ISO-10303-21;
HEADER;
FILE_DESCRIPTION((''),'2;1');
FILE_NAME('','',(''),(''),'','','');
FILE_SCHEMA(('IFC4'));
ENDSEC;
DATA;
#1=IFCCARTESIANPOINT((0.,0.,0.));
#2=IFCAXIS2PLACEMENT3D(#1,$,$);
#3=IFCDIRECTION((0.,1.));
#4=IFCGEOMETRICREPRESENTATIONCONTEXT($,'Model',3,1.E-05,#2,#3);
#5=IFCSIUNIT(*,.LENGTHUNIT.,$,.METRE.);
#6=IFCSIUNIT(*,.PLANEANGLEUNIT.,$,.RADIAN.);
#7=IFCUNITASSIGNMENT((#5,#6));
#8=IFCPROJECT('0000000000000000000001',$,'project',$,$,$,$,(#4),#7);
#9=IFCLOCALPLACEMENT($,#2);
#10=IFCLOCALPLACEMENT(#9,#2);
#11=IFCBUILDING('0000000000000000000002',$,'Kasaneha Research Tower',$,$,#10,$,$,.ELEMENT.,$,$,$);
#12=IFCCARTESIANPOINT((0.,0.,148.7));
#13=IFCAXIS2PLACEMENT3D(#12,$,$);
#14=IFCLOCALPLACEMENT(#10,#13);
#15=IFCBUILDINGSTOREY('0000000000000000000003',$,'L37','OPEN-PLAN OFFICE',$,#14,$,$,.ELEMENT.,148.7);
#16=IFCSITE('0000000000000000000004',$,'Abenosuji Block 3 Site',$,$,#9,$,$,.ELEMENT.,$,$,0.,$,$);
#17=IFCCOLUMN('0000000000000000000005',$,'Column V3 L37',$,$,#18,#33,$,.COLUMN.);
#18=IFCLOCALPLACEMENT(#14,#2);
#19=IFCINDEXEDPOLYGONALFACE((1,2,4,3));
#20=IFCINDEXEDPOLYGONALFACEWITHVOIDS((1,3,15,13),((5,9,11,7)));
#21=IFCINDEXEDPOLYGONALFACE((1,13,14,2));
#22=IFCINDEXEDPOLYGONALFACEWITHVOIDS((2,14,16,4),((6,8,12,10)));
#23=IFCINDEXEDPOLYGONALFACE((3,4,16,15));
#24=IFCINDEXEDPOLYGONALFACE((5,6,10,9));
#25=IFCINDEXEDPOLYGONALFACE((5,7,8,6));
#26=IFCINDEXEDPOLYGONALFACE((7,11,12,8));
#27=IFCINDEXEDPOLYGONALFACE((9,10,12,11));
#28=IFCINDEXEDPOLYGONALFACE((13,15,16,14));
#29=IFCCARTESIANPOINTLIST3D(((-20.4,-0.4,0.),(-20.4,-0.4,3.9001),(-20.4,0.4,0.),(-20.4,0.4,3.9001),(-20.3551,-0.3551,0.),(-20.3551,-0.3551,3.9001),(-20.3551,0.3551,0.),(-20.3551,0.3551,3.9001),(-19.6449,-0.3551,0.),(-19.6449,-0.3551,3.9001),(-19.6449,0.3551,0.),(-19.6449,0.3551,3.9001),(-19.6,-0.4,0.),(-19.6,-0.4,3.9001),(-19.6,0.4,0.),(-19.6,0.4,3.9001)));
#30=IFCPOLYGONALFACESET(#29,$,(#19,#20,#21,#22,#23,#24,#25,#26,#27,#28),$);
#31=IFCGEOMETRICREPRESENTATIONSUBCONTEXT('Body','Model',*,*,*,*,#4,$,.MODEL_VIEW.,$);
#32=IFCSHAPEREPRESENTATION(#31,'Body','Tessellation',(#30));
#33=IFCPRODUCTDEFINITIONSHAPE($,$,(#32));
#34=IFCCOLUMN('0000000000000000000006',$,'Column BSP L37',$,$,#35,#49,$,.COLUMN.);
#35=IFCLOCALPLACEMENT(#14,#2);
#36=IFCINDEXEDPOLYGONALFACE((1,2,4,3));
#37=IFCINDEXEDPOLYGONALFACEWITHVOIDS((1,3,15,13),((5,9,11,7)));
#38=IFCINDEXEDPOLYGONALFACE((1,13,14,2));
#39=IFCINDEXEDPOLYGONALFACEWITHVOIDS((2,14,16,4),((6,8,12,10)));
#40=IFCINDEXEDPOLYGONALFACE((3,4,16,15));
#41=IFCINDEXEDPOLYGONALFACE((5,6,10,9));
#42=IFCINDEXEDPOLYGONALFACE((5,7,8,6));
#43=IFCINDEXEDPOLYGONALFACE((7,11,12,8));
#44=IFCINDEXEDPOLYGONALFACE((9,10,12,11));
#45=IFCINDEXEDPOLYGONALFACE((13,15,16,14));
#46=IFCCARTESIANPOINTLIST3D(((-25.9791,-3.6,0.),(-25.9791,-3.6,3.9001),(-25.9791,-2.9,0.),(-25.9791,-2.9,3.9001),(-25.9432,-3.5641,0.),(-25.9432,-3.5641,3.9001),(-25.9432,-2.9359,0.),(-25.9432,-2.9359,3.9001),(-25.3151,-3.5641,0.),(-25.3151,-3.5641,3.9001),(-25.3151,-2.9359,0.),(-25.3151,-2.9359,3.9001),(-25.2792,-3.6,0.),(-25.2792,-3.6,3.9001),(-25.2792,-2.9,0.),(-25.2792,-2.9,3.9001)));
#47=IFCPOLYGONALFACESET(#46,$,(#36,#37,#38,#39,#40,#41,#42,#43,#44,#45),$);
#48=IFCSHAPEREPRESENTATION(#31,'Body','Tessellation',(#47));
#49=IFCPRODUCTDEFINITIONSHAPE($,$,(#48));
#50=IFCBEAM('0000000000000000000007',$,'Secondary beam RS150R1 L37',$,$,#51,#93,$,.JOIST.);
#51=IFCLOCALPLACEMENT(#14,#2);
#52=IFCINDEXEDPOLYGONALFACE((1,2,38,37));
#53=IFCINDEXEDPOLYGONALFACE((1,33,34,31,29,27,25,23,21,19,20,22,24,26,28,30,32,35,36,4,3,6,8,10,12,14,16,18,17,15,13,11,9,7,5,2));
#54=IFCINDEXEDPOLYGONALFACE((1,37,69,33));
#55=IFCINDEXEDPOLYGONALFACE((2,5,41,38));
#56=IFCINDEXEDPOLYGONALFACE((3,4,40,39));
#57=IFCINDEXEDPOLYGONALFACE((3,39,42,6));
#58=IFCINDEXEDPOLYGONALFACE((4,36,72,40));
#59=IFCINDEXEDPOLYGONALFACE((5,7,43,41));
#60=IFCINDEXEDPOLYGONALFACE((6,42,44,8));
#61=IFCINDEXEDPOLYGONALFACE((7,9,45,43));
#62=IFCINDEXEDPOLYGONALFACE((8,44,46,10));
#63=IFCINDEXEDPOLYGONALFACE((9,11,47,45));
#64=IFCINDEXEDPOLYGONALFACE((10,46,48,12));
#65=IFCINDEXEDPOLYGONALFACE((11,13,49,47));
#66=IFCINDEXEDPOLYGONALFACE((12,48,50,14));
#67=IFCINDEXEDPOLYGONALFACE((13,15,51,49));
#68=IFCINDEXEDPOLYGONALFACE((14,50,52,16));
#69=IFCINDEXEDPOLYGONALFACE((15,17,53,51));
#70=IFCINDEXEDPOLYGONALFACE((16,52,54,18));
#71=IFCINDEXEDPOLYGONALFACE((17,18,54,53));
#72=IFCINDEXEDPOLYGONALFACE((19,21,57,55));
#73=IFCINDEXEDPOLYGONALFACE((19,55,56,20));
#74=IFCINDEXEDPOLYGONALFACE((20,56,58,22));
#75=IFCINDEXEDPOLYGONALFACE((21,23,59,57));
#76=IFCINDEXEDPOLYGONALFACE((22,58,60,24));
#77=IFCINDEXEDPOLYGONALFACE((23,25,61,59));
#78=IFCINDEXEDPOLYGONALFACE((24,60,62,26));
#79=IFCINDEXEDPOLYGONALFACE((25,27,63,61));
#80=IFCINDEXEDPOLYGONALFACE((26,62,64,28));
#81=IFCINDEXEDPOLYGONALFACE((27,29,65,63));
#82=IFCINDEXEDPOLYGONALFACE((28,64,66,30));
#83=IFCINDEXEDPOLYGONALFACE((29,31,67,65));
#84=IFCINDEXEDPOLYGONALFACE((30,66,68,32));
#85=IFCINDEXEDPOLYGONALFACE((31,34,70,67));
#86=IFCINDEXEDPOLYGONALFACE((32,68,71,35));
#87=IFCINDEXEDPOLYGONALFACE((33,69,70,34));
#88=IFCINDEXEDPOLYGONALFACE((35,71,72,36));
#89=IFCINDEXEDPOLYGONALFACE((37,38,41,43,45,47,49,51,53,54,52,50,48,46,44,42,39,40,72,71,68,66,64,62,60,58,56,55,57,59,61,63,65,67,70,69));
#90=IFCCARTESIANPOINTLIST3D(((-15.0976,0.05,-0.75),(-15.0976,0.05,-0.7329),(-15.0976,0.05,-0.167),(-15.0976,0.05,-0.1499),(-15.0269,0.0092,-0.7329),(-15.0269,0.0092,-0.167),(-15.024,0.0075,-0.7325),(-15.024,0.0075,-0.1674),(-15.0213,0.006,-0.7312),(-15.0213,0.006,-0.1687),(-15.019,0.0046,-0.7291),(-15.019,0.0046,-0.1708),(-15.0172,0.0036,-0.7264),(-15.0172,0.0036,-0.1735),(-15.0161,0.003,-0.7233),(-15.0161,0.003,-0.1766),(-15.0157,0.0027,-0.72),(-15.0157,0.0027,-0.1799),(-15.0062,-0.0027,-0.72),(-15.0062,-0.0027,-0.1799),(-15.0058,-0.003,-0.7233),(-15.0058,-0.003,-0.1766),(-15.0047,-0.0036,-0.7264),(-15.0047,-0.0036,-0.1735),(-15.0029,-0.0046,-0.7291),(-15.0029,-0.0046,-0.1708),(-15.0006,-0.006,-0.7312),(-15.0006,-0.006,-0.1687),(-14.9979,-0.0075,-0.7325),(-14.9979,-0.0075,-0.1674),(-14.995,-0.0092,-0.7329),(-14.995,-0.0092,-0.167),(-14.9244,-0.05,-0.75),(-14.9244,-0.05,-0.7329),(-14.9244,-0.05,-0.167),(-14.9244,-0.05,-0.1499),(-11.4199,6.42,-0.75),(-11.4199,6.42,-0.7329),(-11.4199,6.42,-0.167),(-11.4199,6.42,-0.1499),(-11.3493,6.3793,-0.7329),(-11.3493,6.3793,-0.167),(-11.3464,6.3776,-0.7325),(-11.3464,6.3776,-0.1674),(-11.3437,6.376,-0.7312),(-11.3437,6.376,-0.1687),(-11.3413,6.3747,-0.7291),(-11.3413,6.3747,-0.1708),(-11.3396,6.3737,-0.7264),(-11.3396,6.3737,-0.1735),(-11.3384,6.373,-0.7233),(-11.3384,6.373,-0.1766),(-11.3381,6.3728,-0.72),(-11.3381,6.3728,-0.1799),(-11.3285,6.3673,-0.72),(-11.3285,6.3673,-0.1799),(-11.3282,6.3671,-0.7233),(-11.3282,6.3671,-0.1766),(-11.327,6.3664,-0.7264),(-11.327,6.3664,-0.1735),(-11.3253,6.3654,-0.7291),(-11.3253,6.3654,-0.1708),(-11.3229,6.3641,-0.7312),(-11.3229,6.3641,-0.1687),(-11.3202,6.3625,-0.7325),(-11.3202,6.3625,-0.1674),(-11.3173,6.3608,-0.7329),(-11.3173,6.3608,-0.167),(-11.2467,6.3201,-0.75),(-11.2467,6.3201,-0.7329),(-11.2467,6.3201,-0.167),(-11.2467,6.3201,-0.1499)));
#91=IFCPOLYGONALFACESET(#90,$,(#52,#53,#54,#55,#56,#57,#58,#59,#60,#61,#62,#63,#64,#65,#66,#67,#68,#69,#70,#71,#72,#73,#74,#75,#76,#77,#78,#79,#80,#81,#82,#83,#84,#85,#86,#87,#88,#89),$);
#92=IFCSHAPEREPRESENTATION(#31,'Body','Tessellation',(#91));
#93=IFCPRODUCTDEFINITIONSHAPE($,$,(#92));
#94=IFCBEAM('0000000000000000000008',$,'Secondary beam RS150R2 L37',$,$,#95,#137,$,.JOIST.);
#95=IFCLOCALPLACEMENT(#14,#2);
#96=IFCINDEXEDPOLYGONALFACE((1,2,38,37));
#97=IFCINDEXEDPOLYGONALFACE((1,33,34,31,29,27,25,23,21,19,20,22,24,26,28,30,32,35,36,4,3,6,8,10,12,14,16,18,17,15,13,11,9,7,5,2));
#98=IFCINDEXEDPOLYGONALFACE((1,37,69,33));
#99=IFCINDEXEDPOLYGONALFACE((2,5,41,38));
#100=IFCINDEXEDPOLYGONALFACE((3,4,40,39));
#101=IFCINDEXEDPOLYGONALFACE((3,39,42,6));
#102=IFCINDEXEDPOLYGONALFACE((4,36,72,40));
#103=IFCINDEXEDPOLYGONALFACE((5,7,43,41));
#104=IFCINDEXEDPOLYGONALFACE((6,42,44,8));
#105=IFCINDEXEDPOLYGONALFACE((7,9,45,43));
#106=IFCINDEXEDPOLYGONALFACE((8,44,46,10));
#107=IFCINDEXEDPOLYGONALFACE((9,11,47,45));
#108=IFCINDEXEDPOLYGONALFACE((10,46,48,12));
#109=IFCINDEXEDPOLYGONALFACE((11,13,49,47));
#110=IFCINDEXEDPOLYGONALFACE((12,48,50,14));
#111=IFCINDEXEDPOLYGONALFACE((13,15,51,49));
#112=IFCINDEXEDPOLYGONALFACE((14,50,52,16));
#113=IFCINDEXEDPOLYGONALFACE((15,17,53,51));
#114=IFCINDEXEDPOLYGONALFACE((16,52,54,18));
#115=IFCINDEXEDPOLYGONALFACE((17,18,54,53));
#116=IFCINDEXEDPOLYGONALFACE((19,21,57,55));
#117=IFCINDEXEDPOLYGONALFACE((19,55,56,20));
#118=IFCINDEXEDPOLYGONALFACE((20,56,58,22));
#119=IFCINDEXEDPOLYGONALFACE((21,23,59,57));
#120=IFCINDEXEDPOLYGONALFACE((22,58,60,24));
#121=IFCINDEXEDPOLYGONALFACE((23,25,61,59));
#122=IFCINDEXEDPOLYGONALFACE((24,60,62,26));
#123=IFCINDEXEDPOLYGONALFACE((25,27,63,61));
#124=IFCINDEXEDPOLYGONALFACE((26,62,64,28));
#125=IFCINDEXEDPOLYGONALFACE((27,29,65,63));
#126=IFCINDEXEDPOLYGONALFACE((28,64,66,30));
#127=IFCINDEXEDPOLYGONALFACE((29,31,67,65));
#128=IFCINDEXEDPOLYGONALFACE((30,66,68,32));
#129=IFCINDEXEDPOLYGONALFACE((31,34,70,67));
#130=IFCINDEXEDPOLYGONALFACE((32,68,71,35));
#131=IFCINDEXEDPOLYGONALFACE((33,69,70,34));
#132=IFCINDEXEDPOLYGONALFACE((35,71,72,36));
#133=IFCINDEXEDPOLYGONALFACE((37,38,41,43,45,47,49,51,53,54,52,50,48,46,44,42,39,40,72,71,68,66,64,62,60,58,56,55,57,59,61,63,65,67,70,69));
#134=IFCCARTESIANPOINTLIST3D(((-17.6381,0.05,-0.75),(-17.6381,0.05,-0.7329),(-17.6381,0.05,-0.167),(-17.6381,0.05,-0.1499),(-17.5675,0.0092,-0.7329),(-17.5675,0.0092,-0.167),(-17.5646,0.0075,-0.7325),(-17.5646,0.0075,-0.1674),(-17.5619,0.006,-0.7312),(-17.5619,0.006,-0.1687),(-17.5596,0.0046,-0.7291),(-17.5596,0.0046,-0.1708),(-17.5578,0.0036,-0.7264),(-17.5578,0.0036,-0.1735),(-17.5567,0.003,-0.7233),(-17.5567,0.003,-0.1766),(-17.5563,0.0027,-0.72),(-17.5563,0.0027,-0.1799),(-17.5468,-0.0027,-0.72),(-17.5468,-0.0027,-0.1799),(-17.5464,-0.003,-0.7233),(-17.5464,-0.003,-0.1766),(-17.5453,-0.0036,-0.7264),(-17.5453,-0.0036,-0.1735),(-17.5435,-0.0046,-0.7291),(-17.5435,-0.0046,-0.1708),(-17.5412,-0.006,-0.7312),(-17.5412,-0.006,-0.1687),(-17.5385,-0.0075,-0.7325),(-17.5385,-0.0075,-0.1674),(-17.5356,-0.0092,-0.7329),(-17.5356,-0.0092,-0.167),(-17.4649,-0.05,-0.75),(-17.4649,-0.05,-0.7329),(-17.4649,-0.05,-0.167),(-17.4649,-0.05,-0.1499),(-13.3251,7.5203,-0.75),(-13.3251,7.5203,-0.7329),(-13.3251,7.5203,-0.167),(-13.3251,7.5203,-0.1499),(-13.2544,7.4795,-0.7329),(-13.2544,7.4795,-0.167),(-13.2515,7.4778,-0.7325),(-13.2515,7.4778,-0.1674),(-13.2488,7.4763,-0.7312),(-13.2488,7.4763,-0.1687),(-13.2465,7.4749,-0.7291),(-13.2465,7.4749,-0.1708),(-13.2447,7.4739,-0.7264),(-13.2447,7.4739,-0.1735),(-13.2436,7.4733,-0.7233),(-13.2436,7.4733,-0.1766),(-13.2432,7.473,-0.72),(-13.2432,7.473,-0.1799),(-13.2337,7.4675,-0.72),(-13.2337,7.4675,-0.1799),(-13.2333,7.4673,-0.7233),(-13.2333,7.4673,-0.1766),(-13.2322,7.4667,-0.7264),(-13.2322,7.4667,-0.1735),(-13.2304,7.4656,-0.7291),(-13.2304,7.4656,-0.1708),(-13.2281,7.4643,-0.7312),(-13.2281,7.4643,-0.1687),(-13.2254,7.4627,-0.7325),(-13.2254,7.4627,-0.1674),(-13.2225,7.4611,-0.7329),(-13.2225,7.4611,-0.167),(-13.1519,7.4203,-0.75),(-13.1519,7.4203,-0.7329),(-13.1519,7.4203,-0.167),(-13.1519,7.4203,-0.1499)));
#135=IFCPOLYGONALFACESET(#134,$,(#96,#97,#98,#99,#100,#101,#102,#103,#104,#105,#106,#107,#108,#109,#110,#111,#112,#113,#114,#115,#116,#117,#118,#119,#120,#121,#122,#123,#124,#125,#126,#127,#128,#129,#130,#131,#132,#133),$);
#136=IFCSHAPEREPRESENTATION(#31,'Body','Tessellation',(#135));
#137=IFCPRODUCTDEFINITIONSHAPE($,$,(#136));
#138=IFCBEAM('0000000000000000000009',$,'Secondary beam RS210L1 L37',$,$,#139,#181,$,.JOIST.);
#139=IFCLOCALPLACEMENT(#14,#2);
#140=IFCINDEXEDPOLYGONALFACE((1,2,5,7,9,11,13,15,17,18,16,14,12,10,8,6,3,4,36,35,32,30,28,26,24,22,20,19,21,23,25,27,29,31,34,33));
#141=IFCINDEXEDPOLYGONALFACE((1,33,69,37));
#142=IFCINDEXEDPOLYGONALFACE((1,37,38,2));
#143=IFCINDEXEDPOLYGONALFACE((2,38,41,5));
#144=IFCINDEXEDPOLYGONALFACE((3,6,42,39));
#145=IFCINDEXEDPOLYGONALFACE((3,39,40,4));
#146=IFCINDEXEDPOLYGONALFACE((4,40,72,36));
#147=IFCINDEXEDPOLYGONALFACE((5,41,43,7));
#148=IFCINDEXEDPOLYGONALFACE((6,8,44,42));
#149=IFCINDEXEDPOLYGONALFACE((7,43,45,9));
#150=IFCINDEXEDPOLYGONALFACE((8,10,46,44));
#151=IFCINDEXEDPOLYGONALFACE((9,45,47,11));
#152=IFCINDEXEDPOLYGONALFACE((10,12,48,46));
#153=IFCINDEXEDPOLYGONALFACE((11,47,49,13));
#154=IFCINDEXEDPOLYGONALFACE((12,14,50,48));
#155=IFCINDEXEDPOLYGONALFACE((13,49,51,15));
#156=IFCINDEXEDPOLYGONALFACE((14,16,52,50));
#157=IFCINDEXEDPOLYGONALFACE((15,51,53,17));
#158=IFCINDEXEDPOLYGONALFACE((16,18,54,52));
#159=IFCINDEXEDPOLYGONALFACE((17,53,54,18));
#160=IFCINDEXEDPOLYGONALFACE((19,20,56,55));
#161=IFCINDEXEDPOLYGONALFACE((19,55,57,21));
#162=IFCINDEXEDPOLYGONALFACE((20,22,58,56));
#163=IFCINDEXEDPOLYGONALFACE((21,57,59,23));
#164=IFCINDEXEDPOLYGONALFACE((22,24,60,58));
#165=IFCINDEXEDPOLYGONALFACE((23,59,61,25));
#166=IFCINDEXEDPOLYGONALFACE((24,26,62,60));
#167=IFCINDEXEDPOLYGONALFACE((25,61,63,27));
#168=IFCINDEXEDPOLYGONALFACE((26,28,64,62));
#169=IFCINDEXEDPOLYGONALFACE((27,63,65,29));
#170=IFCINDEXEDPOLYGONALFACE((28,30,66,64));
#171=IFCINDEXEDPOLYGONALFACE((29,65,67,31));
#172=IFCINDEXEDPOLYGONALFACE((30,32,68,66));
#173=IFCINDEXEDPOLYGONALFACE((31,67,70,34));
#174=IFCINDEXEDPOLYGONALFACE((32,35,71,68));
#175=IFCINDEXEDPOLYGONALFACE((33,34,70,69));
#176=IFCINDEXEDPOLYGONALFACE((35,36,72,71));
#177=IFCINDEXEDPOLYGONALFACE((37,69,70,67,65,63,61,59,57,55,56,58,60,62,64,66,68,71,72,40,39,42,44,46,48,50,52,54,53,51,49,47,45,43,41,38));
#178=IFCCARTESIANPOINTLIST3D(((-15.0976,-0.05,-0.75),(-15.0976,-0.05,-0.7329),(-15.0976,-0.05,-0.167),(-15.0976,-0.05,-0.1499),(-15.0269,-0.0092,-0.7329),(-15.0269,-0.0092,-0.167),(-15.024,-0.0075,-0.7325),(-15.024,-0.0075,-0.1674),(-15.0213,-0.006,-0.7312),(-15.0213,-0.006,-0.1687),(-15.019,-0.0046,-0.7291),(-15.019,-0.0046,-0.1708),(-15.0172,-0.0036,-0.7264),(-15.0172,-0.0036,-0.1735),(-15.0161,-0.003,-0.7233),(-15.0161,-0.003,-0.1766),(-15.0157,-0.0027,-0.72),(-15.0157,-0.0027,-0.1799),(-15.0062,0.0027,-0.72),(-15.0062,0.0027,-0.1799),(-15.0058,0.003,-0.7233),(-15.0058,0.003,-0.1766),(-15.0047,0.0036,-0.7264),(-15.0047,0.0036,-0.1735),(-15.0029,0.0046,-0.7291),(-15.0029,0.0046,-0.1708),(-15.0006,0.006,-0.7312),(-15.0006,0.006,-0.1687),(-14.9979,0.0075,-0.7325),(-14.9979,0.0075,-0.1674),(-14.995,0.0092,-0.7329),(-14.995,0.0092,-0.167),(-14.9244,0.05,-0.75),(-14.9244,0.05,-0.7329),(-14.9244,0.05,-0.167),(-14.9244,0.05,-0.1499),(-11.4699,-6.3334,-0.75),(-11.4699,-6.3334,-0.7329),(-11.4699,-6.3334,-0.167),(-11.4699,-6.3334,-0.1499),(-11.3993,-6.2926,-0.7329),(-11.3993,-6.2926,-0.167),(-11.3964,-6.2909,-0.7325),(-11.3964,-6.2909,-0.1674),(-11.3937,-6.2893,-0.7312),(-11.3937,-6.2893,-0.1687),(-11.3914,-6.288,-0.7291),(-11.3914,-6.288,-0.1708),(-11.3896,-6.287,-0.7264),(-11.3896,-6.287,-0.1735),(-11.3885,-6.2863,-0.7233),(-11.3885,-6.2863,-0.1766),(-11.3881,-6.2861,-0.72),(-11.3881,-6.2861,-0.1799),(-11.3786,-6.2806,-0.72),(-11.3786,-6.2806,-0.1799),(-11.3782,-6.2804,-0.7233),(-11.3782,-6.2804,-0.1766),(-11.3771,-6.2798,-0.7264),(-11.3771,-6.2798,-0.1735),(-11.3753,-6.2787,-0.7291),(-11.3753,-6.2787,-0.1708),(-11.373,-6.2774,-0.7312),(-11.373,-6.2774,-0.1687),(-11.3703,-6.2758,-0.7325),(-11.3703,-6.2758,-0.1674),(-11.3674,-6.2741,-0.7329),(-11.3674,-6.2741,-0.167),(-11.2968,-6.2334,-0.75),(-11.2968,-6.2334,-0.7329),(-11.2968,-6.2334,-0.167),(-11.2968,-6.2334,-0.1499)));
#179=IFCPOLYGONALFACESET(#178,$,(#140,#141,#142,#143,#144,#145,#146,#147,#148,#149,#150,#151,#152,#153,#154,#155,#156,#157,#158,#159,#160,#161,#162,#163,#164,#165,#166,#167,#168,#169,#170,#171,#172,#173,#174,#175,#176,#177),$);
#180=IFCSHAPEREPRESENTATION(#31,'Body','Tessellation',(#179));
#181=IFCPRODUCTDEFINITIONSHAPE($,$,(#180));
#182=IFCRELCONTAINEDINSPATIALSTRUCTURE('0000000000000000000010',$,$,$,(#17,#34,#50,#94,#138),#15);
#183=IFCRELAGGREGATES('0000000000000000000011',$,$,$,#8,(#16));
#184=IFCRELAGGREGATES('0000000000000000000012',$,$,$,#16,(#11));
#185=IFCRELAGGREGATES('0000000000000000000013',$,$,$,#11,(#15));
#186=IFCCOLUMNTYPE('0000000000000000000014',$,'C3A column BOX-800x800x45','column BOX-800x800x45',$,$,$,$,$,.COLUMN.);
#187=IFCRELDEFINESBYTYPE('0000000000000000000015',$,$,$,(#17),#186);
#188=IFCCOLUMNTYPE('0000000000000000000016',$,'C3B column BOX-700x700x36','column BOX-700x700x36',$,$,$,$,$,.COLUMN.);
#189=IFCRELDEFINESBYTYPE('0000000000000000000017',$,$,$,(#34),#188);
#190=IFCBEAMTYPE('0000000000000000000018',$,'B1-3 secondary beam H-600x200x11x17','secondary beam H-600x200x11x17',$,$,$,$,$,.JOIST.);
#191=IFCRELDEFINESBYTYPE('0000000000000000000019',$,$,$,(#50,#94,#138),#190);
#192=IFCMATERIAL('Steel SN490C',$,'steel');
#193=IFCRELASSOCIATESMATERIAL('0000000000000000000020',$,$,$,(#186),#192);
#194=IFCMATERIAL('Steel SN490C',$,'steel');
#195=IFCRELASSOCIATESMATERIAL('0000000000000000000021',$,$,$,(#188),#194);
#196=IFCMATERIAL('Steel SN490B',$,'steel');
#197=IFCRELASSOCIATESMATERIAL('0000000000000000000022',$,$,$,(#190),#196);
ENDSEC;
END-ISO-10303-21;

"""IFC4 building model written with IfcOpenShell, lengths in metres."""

from ifc_helpers import new_model, si_unit, direction, frame, origin, origin_2d, place, context, subcontext, project, spatial, hollow_rectangle, i_section, extrude, material, material_profile, profile_set, type_object, element, save


model = new_model("IFC4")

# Units and contexts
model_context = context("Model", 3, precision=1e-05, world=origin(), true_north=direction((0.0, 1.0)))
body_context = subcontext(model_context, "Body", "Model", "MODEL_VIEW")
ifc_project = project(units=[si_unit("LENGTHUNIT", "METRE"), si_unit("PLANEANGLEUNIT", "RADIAN")], contexts=[model_context])

# Site, building, storey
site_placement = place(None, origin())
site = spatial("IfcSite", under=ifc_project, at=site_placement, Name="Abenosuji Block 3 Site", CompositionType="ELEMENT", RefElevation=0.0)
building_placement = place(site_placement, origin())
building = spatial("IfcBuilding", under=site, at=building_placement, Name="Kasaneha Research Tower", CompositionType="ELEMENT")
storey_placement = place(building_placement, frame((0.0, 0.0, 148.7)))
storey = spatial("IfcBuildingStorey", under=building, at=storey_placement, Name="L37", Description="OPEN-PLAN OFFICE", CompositionType="ELEMENT", Elevation=148.7)

# Columns
ifc_material_1 = material(Name="Steel SN490C", Category="steel")
ifc_material_profile_1 = material_profile(ifc_material_1, hollow_rectangle(XDim=0.8, YDim=0.8, WallThickness=0.0449, at=origin_2d()), Name="BOX-800x800x45")
ifc_profile_set_1 = profile_set([ifc_material_profile_1], Name="Steel SN490C")
column_type_1 = type_object("IfcColumnType", Name="C3A column BOX-800x800x45", Description="column BOX-800x800x45", PredefinedType="COLUMN", material=ifc_profile_set_1)
column_1_placement = place(storey_placement, frame((-20.0, 0.0, 0.0), z_axis=(0.0, 0.0, 1.0), x_axis=(1.0, 0.0, 0.0)))
element("IfcColumn", 1, at=column_1_placement, inside=storey, type_object=column_type_1, Name="Column V3 L37", PredefinedType="COLUMN", context=body_context, shape_type="SweptSolid", body=[
    extrude(hollow_rectangle(XDim=0.8, YDim=0.8, WallThickness=0.0449, at=origin_2d()), origin(), (0.0, 0.0, 1.0), 3.9001),
])
ifc_material_2 = material(Name="Steel SN490C", Category="steel")
ifc_material_profile_2 = material_profile(ifc_material_2, hollow_rectangle(XDim=0.7, YDim=0.7, WallThickness=0.0359, at=origin_2d()), Name="BOX-700x700x36")
ifc_profile_set_2 = profile_set([ifc_material_profile_2], Name="Steel SN490C")
column_type_2 = type_object("IfcColumnType", Name="C3B column BOX-700x700x36", Description="column BOX-700x700x36", PredefinedType="COLUMN", material=ifc_profile_set_2)
column_2_placement = place(storey_placement, frame((-25.6292, -3.25, 0.0), z_axis=(0.0, 0.0, 1.0), x_axis=(1.0, 0.0, 0.0)))
element("IfcColumn", 2, at=column_2_placement, inside=storey, type_object=column_type_2, Name="Column BSP L37", PredefinedType="COLUMN", context=body_context, shape_type="SweptSolid", body=[
    extrude(hollow_rectangle(XDim=0.7, YDim=0.7, WallThickness=0.0359, at=origin_2d()), origin(), (0.0, 0.0, 1.0), 3.9001),
])

# Beams
ifc_material_3 = material(Name="Steel SN490B", Category="steel")
ifc_material_profile_3 = material_profile(ifc_material_3, i_section(OverallWidth=0.2, OverallDepth=0.6001, WebThickness=0.011, FlangeThickness=0.0171, FilletRadius=0.0129, at=origin_2d()), Name="H-600x200x11x17")
ifc_profile_set_3 = profile_set([ifc_material_profile_3], Name="Steel SN490B")
beam_type_1 = type_object("IfcBeamType", Name="B1-3 secondary beam H-600x200x11x17", Description="secondary beam H-600x200x11x17", PredefinedType="JOIST", material=ifc_profile_set_3)
beam_1_placement = place(storey_placement, frame((-15.011, 0.0, -0.45), z_axis=(0.499994, 0.866029, 0.0), x_axis=(-0.866029, 0.499994, 0.0)))
element("IfcBeam", 3, at=beam_1_placement, inside=storey, type_object=beam_type_1, Name="Secondary beam RS150R1 L37", PredefinedType="JOIST", context=body_context, shape_type="SweptSolid", body=[
    extrude(i_section(OverallWidth=0.2, OverallDepth=0.6001, WebThickness=0.011, FlangeThickness=0.0171, FilletRadius=0.0129, at=origin_2d()), origin(), (0.0, 0.0, 1.0), 7.3555),
])
beam_2_placement = place(storey_placement, frame((-17.5515, 0.0, -0.45), z_axis=(0.500005, 0.866023, 0.0), x_axis=(-0.866023, 0.500005, 0.0)))
element("IfcBeam", 4, at=beam_2_placement, inside=storey, type_object=beam_type_1, Name="Secondary beam RS150R2 L37", PredefinedType="JOIST", context=body_context, shape_type="SweptSolid", body=[
    extrude(i_section(OverallWidth=0.2, OverallDepth=0.6001, WebThickness=0.011, FlangeThickness=0.0171, FilletRadius=0.0129, at=origin_2d()), origin(), (0.0, 0.0, 1.0), 8.626),
])
beam_3_placement = place(storey_placement, frame((-15.011, 0.0, -0.45), z_axis=(0.499993, -0.866029, 0.0), x_axis=(0.866029, 0.499993, 0.0)))
element("IfcBeam", 5, at=beam_3_placement, inside=storey, type_object=beam_type_1, Name="Secondary beam RS210L1 L37", PredefinedType="JOIST", context=body_context, shape_type="SweptSolid", body=[
    extrude(i_section(OverallWidth=0.2, OverallDepth=0.6001, WebThickness=0.011, FlangeThickness=0.0171, FilletRadius=0.0129, at=origin_2d()), origin(), (0.0, 0.0, 1.0), 7.2554),
])

save(model, "model.ifc")
